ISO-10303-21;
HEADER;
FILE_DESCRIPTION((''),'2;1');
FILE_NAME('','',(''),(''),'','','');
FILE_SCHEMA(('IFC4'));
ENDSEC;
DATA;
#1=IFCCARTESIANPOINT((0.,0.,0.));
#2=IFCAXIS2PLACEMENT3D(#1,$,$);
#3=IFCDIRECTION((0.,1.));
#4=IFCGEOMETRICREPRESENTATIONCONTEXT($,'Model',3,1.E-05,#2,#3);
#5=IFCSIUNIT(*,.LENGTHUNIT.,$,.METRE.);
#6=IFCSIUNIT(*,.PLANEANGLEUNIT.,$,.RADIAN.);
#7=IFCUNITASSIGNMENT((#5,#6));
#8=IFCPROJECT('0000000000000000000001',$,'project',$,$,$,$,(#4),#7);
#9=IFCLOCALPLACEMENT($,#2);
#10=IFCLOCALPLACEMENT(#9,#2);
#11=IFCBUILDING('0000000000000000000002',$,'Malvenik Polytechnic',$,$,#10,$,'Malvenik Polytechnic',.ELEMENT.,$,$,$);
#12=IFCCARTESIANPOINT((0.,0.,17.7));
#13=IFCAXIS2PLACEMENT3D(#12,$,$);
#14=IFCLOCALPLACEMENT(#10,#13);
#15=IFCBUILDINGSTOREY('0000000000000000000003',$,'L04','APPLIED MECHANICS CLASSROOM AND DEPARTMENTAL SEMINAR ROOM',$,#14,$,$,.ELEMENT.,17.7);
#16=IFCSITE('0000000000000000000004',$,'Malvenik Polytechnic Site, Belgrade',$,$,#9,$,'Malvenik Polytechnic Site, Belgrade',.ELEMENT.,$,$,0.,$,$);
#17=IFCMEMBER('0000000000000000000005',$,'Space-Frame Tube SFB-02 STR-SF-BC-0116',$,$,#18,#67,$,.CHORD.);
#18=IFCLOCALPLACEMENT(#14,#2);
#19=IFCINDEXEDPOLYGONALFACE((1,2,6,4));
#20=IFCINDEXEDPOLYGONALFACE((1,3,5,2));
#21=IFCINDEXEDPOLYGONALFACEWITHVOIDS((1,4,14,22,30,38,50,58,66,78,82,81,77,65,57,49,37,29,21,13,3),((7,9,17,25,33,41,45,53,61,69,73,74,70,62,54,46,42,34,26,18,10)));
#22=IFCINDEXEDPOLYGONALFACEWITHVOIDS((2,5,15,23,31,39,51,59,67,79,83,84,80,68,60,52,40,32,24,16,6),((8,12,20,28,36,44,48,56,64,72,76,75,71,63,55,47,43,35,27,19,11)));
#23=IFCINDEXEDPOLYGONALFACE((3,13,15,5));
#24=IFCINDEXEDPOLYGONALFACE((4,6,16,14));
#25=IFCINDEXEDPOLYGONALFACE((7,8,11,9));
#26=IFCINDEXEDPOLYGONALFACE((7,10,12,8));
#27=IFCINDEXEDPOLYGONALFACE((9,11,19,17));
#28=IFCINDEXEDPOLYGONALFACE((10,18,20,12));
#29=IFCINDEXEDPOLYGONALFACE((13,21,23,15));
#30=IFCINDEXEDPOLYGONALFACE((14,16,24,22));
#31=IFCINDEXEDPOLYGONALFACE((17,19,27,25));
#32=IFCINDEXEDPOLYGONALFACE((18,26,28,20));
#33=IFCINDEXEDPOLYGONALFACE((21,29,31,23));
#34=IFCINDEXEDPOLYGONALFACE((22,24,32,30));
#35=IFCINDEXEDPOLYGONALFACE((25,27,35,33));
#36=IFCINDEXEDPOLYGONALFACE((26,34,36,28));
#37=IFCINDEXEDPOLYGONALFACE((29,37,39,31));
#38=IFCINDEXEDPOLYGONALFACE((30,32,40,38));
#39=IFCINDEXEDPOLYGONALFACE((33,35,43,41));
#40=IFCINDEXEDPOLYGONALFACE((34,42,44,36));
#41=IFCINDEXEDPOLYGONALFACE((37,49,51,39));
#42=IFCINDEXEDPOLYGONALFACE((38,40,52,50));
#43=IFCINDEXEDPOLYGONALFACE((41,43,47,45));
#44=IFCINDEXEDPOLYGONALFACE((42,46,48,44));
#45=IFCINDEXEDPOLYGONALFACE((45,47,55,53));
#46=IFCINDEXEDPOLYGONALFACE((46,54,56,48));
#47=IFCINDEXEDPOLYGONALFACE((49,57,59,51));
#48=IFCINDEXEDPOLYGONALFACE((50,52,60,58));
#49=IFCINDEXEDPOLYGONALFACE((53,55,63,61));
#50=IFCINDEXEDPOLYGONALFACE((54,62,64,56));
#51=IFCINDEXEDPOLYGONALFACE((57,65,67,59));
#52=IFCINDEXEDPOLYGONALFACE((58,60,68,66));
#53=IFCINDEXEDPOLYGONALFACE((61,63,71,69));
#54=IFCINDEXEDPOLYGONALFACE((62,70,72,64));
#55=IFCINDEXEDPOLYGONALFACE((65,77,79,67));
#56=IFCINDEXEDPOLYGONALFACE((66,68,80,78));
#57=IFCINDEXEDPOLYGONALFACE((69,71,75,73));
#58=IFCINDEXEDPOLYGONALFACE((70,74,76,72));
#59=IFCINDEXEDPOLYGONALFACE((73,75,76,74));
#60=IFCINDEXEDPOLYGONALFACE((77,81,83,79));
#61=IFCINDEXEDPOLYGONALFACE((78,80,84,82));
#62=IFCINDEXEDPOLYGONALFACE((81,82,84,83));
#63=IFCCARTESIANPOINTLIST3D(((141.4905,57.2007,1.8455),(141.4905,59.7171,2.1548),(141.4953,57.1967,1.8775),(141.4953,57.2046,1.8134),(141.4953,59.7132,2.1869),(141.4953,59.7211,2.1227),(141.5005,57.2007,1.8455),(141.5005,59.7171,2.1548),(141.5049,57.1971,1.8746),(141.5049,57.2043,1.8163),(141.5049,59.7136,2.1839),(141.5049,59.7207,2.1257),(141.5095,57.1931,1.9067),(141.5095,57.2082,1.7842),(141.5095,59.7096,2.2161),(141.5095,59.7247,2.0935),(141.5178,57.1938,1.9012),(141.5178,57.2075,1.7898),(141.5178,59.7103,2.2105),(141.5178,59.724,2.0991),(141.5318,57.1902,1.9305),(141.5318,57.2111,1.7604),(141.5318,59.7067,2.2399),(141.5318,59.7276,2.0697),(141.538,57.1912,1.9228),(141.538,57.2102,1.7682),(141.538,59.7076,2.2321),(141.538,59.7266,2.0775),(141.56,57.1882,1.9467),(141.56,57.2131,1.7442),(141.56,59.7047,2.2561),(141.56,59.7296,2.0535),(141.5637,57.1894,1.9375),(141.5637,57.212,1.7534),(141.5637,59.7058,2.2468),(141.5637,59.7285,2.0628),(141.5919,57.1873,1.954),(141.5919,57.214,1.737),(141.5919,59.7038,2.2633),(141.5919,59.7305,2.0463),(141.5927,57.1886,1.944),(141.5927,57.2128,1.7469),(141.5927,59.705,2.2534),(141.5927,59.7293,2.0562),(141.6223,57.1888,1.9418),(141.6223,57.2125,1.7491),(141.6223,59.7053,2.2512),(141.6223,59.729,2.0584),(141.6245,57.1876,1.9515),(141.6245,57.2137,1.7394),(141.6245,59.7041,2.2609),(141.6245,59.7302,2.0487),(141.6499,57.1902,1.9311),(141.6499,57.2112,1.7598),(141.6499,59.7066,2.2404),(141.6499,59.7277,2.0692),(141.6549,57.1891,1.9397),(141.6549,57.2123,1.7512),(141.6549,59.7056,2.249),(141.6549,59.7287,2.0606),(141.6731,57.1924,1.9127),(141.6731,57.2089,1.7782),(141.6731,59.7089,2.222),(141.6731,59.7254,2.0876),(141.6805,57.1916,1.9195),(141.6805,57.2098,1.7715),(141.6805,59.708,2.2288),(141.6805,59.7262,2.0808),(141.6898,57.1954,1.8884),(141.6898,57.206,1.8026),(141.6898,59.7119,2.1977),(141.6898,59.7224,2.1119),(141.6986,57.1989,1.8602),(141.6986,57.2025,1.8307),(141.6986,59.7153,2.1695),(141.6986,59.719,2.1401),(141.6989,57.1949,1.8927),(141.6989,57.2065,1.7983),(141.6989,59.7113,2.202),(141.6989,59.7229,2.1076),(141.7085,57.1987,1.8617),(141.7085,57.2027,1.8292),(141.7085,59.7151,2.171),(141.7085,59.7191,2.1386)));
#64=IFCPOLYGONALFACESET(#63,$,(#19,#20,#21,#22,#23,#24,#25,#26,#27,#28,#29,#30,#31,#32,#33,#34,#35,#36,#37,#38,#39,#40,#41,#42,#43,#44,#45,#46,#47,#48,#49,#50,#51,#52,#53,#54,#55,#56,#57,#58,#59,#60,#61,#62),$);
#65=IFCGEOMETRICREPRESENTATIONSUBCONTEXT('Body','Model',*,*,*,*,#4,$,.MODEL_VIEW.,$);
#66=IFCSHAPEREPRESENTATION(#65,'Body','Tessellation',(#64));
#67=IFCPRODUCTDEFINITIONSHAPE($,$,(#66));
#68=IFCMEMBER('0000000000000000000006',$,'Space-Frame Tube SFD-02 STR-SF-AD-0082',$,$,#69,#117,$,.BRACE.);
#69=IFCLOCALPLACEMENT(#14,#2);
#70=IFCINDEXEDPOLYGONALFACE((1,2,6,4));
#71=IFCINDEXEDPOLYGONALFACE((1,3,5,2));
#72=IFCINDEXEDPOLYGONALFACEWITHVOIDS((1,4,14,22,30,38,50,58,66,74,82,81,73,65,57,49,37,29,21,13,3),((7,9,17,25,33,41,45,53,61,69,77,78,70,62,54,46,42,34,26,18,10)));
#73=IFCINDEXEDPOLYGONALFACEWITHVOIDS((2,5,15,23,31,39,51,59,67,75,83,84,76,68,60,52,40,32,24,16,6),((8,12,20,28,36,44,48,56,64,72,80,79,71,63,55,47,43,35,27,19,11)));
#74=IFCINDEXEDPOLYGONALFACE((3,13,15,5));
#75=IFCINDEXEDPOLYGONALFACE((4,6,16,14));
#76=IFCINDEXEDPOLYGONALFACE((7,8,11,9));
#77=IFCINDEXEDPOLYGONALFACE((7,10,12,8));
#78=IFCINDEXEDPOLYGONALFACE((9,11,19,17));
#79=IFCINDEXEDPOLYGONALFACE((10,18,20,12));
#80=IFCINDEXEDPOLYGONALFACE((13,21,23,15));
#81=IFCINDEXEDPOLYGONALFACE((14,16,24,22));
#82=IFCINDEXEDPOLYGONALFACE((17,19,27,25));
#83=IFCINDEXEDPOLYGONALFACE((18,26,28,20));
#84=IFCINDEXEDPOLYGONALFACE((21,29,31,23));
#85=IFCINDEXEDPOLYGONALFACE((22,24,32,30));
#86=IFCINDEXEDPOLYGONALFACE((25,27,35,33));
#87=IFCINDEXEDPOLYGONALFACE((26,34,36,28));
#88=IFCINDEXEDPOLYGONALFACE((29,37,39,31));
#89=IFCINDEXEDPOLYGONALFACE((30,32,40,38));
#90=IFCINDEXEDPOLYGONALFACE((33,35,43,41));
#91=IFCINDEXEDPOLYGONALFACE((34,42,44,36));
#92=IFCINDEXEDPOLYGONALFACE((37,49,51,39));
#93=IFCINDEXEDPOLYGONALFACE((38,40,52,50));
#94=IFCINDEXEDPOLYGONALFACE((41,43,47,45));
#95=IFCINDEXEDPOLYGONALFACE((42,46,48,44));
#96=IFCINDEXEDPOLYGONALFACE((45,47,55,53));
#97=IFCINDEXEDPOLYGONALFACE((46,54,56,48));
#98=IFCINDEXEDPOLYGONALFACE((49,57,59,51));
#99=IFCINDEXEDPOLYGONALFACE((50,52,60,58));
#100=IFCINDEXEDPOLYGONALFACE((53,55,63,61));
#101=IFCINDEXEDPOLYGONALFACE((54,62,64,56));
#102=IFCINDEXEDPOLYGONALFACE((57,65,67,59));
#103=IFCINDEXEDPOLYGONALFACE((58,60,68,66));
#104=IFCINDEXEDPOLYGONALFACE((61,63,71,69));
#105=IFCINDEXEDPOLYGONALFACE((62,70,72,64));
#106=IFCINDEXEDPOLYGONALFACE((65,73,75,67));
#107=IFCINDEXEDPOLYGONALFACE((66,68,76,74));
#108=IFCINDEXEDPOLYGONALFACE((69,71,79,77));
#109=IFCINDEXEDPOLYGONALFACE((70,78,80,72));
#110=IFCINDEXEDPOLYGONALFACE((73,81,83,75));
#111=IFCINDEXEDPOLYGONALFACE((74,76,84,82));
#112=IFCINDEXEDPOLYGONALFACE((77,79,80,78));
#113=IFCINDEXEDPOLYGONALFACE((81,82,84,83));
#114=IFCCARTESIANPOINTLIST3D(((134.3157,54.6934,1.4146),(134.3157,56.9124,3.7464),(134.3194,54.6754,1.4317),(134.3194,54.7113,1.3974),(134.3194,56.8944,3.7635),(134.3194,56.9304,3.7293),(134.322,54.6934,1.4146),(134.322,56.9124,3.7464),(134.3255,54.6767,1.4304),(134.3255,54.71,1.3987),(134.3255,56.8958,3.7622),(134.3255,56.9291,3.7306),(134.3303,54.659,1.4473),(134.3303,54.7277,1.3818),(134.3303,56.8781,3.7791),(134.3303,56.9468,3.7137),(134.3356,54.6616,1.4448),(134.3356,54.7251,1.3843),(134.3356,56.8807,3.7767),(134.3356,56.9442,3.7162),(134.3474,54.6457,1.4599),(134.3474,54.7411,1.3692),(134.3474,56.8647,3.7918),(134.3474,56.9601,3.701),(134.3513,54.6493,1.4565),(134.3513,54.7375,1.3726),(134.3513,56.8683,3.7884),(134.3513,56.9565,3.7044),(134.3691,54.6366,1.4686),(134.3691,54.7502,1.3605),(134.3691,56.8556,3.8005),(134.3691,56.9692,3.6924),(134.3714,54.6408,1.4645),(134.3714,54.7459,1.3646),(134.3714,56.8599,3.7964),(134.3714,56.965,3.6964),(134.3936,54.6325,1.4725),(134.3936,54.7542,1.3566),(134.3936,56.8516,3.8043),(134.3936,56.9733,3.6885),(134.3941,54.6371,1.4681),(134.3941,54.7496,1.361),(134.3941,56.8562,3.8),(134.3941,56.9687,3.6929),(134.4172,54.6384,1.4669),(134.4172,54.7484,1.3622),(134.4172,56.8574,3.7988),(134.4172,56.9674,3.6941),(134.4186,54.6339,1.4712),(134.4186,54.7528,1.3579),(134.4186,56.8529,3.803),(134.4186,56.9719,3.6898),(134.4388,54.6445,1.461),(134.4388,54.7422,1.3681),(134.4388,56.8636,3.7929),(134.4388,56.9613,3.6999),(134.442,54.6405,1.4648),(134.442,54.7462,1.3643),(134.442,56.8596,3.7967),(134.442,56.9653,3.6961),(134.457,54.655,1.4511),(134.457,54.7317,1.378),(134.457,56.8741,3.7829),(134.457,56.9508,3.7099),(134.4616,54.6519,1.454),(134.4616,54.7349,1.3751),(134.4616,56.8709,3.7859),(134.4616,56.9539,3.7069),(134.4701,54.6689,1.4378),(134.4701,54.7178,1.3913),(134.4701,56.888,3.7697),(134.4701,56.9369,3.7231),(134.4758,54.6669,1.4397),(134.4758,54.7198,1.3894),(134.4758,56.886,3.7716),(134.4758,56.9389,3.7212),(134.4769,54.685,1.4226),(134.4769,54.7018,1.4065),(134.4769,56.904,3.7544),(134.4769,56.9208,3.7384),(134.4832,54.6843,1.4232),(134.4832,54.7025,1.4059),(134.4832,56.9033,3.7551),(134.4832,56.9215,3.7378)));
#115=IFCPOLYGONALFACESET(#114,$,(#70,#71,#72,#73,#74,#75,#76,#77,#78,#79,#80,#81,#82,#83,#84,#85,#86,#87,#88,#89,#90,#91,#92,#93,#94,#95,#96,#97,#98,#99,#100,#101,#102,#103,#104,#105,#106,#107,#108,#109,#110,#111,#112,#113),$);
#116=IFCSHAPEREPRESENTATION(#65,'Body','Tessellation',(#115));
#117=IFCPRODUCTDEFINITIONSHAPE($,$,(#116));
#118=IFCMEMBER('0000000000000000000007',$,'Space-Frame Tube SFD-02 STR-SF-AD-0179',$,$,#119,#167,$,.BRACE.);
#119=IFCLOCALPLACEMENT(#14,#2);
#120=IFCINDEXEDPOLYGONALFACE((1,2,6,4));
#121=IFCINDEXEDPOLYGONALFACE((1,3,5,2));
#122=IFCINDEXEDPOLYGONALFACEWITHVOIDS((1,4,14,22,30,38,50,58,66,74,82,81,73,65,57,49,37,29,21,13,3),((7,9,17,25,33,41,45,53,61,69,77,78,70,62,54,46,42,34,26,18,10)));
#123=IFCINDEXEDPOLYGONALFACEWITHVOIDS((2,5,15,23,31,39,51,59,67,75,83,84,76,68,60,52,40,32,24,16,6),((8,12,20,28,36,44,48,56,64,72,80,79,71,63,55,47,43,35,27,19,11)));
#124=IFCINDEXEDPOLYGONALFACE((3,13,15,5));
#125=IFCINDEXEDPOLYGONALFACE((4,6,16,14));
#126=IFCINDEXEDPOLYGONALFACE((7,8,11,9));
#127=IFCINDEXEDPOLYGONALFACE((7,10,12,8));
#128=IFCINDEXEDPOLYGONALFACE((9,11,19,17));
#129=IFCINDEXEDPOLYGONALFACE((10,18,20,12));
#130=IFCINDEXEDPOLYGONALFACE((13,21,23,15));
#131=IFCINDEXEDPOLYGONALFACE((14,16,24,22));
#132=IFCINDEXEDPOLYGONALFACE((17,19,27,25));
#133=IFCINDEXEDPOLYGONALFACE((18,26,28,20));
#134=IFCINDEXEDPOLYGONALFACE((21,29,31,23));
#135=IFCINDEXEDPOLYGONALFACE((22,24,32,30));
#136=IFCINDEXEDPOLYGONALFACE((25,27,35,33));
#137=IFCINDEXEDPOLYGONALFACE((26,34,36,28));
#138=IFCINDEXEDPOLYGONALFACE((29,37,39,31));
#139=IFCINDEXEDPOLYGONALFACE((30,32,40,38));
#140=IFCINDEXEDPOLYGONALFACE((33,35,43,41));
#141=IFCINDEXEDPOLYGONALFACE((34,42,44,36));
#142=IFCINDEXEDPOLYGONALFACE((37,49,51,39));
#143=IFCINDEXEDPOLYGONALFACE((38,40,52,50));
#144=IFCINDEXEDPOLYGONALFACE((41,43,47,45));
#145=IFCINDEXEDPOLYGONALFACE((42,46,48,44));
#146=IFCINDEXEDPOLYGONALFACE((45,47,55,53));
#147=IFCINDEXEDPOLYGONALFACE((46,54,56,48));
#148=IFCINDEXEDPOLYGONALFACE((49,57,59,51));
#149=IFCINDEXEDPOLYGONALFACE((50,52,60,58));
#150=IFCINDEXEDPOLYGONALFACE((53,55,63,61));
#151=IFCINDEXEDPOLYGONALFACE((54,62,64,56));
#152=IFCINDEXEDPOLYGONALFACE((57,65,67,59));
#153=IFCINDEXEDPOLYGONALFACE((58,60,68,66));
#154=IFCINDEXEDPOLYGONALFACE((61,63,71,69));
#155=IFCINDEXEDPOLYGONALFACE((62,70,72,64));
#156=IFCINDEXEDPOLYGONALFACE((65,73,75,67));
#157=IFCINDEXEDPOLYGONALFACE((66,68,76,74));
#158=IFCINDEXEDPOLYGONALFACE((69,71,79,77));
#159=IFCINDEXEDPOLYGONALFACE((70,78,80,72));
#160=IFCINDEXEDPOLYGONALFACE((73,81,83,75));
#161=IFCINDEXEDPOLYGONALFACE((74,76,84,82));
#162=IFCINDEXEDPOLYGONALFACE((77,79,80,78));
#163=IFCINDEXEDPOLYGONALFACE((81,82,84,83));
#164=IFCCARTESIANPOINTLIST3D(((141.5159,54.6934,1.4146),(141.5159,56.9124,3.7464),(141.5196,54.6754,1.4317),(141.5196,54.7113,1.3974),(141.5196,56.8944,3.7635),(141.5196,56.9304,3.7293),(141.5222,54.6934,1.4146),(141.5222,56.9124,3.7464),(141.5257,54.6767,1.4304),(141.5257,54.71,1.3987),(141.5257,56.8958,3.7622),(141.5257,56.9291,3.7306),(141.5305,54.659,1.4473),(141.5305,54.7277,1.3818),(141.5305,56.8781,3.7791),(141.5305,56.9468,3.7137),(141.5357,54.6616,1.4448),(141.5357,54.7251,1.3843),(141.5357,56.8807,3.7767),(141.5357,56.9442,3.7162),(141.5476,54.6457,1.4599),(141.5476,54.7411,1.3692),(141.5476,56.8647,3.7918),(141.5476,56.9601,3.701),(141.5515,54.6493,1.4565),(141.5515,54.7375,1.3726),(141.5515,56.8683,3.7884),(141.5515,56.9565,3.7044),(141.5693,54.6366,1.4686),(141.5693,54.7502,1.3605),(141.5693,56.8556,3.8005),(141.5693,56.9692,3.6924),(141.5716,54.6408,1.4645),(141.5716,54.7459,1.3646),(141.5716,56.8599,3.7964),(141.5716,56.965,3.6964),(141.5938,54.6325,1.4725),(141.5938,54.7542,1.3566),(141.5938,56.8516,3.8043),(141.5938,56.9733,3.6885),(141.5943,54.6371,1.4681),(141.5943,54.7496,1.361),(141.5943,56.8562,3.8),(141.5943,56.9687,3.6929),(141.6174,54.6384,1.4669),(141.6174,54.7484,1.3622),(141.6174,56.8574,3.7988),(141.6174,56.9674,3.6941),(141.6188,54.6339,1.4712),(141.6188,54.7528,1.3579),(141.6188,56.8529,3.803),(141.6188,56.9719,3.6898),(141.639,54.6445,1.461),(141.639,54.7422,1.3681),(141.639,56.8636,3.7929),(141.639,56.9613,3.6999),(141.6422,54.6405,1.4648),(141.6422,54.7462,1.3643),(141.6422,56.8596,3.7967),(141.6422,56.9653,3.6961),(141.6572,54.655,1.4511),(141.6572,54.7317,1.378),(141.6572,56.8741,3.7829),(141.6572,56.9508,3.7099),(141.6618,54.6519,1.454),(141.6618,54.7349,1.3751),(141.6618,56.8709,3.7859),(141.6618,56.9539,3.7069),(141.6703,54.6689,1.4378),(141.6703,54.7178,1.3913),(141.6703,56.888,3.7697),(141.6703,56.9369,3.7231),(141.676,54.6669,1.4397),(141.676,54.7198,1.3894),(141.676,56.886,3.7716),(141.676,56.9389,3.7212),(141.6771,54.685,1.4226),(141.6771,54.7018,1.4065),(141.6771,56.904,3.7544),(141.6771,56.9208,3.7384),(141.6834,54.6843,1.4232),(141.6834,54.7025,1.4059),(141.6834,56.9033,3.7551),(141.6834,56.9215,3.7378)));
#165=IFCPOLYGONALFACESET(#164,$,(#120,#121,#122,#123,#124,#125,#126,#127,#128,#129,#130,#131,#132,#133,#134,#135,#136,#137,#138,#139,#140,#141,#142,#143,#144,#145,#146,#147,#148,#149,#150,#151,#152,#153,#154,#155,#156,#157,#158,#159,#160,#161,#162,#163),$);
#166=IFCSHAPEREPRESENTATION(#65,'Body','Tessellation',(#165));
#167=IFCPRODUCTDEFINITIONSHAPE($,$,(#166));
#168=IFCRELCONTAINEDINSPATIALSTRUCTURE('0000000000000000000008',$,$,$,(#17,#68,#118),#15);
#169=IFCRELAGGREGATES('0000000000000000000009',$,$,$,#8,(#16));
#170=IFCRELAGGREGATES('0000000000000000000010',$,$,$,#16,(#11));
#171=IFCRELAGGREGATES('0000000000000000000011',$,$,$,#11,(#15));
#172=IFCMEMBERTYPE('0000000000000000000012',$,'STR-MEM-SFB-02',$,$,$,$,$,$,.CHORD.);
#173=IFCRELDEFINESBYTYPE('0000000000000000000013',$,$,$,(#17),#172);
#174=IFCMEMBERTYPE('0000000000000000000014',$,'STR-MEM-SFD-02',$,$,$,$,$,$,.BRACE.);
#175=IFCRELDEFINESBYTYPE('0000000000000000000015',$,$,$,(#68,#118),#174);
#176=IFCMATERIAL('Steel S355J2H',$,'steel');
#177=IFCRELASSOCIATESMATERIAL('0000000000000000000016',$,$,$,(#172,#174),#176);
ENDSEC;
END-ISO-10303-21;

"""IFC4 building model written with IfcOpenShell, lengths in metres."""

from ifc_helpers import new_model, si_unit, direction, frame, origin, origin_2d, place, context, subcontext, project, spatial, hollow_circle, extrude, material, material_profile, profile_set, type_object, element, save


model = new_model("IFC4")

# Units and contexts
model_context = context("Model", 3, precision=1e-05, world=origin(), true_north=direction((0.0, 1.0)))
body_context = subcontext(model_context, "Body", "Model", "MODEL_VIEW")
ifc_project = project(units=[si_unit("LENGTHUNIT", "METRE"), si_unit("PLANEANGLEUNIT", "RADIAN")], contexts=[model_context])

# Site, building, storey
site_placement = place(None, origin())
site = spatial("IfcSite", under=ifc_project, at=site_placement, Name="Malvenik Polytechnic Site, Belgrade", LongName="Malvenik Polytechnic Site, Belgrade", CompositionType="ELEMENT", RefElevation=0.0)
building_placement = place(site_placement, origin())
building = spatial("IfcBuilding", under=site, at=building_placement, Name="Malvenik Polytechnic", LongName="Malvenik Polytechnic", CompositionType="ELEMENT")
storey_placement = place(building_placement, frame((0.0, 0.0, 17.7)))
storey = spatial("IfcBuildingStorey", under=building, at=storey_placement, Name="L04", Description="APPLIED MECHANICS CLASSROOM AND DEPARTMENTAL SEMINAR ROOM", CompositionType="ELEMENT", Elevation=17.7)

# Members
ifc_material_1 = material(Name="Steel S355J2H", Category="steel")
ifc_material_profile_1 = material_profile(ifc_material_1, hollow_circle(Radius=0.1096, WallThickness=0.01, at=origin_2d()), Name="CHS 219.1x10.0")
ifc_profile_set_1 = profile_set([ifc_material_profile_1], Name="Steel S355J2H")
member_type_1 = type_object("IfcMemberType", Name="STR-MEM-SFB-02", PredefinedType="CHORD", material=ifc_profile_set_1)
member_1_placement = place(storey_placement, frame((141.6001, 57.2007, 1.8455), z_axis=(0.0, 0.992529, 0.122008), x_axis=(-1.0, 0.0, 0.0)))
element("IfcMember", 1, at=member_1_placement, inside=storey, type_object=member_type_1, Name="Space-Frame Tube SFB-02 STR-SF-BC-0116", PredefinedType="CHORD", context=body_context, shape_type="SweptSolid", body=[
    extrude(hollow_circle(Radius=0.1096, WallThickness=0.01, at=origin_2d()), origin(), (0.0, 0.0, 1.0), 2.5354),
])
ifc_material_profile_2 = material_profile(ifc_material_1, hollow_circle(Radius=0.0842, WallThickness=0.0063, at=origin_2d()), Name="CHS 168.3x6.3")
ifc_profile_set_2 = profile_set([ifc_material_profile_2], Name="Steel S355J2H")
member_type_2 = type_object("IfcMemberType", Name="STR-MEM-SFD-02", PredefinedType="BRACE", material=ifc_profile_set_2)
for number, where, z_axis, x_axis, name in (
    (2, (134.3999, 54.6934, 1.4146), (0.0, 0.689369, 0.72441), (-1.0, 0.0, 0.0), "Space-Frame Tube SFD-02 STR-SF-AD-0082"),
    (3, (141.6001, 54.6934, 1.4146), (0.0, 0.689369, 0.72441), (-1.0, 0.0, 0.0), "Space-Frame Tube SFD-02 STR-SF-AD-0179"),
):
    element("IfcMember", number, at=place(storey_placement, frame(where, z_axis=z_axis, x_axis=x_axis)), inside=storey, type_object=member_type_2, Name=name, PredefinedType="BRACE", context=body_context, shape_type="SweptSolid", body=[
        extrude(hollow_circle(Radius=0.0842, WallThickness=0.0063, at=origin_2d()), origin(), (0.0, 0.0, 1.0), 3.219),
    ])

save(model, "model.ifc")
